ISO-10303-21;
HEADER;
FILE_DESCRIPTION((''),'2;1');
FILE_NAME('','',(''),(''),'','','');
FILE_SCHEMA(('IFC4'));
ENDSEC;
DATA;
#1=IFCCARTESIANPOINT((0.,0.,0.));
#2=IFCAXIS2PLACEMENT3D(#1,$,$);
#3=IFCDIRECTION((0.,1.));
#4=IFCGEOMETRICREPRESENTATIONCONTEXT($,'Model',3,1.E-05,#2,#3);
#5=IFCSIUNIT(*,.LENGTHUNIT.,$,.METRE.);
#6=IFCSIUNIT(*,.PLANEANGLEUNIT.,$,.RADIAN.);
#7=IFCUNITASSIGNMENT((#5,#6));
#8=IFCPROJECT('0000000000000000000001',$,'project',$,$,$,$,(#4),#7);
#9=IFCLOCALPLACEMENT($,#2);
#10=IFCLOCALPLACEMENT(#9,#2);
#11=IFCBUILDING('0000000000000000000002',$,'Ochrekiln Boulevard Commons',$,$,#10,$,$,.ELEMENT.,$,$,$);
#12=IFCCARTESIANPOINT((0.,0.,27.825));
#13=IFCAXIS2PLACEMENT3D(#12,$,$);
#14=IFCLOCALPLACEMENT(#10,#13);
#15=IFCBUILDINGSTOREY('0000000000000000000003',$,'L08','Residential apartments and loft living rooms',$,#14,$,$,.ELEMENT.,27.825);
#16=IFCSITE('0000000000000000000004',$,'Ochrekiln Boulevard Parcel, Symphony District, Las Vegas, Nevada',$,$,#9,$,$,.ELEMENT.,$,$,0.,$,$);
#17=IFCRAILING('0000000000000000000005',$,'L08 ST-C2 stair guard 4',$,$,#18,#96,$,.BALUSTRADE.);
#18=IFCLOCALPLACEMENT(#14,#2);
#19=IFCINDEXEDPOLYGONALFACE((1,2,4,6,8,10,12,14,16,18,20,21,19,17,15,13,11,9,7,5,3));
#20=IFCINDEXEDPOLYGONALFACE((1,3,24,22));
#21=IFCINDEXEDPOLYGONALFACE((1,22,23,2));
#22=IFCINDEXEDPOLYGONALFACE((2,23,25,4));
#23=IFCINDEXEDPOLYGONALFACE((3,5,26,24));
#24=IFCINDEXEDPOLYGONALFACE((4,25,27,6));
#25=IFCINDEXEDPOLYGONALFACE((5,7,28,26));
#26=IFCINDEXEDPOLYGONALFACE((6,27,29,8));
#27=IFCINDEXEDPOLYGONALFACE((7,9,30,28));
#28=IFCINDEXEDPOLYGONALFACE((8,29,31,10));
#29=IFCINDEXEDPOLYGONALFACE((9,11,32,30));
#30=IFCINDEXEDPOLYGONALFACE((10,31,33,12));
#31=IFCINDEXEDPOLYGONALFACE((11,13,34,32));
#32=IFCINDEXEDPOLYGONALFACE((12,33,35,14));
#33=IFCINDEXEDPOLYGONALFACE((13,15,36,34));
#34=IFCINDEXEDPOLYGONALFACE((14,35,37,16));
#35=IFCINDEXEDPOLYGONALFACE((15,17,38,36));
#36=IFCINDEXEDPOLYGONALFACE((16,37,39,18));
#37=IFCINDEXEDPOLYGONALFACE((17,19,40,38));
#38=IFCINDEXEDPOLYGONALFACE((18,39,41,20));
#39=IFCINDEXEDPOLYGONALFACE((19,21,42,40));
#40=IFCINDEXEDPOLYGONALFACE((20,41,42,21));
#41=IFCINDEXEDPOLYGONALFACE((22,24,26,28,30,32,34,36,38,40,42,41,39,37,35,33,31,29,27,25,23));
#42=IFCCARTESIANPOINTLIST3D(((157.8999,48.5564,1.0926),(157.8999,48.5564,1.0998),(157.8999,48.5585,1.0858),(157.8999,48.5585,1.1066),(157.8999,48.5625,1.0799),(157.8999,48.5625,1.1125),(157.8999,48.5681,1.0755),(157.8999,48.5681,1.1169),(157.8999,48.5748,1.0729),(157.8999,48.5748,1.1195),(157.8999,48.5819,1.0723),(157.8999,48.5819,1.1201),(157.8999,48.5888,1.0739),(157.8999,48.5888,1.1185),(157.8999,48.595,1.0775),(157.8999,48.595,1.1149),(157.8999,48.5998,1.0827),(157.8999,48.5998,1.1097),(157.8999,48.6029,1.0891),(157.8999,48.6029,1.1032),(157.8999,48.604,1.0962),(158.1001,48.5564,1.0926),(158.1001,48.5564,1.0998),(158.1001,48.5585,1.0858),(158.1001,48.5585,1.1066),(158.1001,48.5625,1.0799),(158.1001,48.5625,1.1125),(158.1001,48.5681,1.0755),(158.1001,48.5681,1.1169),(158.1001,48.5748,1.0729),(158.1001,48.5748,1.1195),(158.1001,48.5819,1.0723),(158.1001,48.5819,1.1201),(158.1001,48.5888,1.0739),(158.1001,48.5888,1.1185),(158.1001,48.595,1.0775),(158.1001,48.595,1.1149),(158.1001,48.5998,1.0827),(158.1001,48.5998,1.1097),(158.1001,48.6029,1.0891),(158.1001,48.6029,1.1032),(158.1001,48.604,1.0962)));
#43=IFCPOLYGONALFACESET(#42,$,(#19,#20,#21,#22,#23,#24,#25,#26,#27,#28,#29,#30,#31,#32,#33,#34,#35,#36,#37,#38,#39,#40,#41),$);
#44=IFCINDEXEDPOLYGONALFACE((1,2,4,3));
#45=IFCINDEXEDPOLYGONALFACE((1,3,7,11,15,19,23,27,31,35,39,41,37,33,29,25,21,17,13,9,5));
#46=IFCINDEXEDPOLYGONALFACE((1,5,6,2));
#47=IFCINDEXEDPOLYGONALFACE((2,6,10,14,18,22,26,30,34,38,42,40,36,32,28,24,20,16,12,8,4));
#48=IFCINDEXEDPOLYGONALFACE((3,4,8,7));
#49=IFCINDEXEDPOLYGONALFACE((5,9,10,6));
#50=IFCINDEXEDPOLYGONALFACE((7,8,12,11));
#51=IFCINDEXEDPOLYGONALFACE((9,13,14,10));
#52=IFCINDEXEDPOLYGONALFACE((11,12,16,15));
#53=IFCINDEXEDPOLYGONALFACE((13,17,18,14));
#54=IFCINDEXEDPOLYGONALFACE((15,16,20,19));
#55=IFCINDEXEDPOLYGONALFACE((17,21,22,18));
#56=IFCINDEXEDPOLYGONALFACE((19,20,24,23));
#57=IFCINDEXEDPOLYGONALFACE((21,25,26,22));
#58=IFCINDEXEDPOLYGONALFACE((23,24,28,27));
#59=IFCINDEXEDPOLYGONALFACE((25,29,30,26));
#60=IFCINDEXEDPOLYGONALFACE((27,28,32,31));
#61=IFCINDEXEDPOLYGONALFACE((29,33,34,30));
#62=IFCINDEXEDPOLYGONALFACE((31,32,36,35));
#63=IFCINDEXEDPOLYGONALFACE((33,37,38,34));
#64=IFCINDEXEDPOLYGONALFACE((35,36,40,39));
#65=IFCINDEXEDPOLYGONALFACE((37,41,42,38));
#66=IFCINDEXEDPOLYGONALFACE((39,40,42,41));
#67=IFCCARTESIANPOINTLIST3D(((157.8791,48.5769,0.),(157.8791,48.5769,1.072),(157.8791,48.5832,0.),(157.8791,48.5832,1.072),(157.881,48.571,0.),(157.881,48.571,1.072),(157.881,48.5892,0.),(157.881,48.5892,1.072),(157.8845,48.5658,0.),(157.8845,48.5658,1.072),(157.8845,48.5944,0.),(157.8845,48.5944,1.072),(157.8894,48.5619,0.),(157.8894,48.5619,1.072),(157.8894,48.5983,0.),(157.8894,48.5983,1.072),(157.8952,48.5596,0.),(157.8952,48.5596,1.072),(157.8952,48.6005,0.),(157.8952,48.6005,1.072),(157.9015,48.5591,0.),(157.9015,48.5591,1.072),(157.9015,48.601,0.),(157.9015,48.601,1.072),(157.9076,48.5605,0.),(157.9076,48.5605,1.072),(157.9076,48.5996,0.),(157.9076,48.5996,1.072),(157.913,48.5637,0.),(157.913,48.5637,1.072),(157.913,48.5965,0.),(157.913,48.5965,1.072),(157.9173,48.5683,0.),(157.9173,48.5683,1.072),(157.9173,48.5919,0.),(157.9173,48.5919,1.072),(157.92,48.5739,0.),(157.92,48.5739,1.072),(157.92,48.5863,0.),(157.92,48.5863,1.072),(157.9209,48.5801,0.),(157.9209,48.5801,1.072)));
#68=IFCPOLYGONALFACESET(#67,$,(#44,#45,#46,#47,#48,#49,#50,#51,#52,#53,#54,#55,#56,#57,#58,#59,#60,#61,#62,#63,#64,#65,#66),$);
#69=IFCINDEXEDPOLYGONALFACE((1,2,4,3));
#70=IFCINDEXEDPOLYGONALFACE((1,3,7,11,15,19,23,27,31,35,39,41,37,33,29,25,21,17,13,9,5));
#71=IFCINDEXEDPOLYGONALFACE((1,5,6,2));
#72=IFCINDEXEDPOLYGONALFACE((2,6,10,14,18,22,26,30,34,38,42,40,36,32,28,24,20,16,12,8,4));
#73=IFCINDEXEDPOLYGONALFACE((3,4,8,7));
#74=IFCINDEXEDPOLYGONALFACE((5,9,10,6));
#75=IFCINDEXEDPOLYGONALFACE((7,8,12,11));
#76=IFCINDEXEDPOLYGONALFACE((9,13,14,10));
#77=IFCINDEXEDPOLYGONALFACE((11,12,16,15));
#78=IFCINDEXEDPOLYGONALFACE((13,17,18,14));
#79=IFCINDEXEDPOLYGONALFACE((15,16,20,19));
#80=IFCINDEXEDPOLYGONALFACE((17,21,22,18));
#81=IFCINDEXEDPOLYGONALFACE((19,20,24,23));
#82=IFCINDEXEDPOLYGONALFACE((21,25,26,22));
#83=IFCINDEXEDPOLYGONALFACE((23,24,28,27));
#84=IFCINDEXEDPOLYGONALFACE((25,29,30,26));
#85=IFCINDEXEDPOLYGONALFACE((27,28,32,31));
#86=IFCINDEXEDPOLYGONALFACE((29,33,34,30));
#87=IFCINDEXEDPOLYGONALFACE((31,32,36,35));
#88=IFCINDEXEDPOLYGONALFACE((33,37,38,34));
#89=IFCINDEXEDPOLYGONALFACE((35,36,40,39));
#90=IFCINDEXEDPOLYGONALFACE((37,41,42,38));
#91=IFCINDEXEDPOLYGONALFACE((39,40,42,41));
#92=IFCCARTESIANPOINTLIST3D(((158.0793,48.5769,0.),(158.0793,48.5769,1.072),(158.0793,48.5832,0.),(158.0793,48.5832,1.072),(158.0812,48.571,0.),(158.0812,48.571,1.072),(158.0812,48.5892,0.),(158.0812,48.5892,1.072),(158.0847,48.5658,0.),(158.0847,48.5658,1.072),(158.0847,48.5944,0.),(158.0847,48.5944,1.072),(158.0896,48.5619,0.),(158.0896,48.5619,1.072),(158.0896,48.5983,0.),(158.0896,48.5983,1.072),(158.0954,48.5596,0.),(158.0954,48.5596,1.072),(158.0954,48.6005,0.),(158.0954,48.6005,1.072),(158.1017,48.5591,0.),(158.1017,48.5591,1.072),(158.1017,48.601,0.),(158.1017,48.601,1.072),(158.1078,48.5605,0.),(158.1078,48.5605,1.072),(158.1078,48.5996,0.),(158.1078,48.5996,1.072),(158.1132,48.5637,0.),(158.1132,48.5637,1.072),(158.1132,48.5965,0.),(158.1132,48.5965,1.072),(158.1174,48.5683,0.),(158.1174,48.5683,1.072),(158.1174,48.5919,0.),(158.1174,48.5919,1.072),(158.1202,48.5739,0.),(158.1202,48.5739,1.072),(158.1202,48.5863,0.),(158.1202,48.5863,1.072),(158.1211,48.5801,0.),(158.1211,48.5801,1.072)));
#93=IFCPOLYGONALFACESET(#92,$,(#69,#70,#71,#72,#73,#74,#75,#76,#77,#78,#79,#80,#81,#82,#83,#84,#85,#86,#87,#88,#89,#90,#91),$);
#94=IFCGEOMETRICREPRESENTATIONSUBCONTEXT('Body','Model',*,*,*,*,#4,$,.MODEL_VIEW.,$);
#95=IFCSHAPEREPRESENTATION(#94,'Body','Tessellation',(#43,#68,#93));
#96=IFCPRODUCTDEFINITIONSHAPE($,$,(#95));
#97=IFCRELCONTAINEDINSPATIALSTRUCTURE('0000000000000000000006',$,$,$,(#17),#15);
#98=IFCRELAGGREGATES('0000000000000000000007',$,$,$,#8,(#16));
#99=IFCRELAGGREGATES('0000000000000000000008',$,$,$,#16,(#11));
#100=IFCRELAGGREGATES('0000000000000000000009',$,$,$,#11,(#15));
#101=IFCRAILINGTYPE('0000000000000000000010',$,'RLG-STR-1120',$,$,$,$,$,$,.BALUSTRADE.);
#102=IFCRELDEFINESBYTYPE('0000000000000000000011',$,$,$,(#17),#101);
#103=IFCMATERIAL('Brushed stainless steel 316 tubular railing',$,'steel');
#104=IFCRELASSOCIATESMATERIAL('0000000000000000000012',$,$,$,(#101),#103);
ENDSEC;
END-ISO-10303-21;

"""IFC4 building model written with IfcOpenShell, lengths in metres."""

from ifc_helpers import new_model, si_unit, direction, frame, origin, origin_2d, place, context, subcontext, project, spatial, circle, extrude, material, type_object, element, save


model = new_model("IFC4")

# Units and contexts
model_context = context("Model", 3, precision=1e-05, world=origin(), true_north=direction((0.0, 1.0)))
body_context = subcontext(model_context, "Body", "Model", "MODEL_VIEW")
ifc_project = project(units=[si_unit("LENGTHUNIT", "METRE"), si_unit("PLANEANGLEUNIT", "RADIAN")], contexts=[model_context])

# Site, building, storey
site_placement = place(None, origin())
site = spatial("IfcSite", under=ifc_project, at=site_placement, Name="Ochrekiln Boulevard Parcel, Symphony District, Las Vegas, Nevada", CompositionType="ELEMENT", RefElevation=0.0)
building_placement = place(site_placement, origin())
building = spatial("IfcBuilding", under=site, at=building_placement, Name="Ochrekiln Boulevard Commons", CompositionType="ELEMENT")
storey_placement = place(building_placement, frame((0.0, 0.0, 27.825)))
storey = spatial("IfcBuildingStorey", under=building, at=storey_placement, Name="L08", Description="Residential apartments and loft living rooms", CompositionType="ELEMENT", Elevation=27.825)

# Railing
ifc_material_1 = material(Name="Brushed stainless steel 316 tubular railing", Category="steel")
railing_type_1 = type_object("IfcRailingType", Name="RLG-STR-1120", PredefinedType="BALUSTRADE", material=ifc_material_1)
railing_1_placement = place(storey_placement, frame((157.8999, 48.5801, 0.0)))
element("IfcRailing", 1, at=railing_1_placement, inside=storey, type_object=railing_type_1, Name="L08 ST-C2 stair guard 4", PredefinedType="BALUSTRADE", context=body_context, shape_type="SweptSolid", body=[
    extrude(circle(Radius=0.0239, at=origin_2d()), frame((0.0, 0.0, 1.0962), z_axis=(1.0, 0.0, 0.0), x_axis=(0.0, 1.0, 0.0)), (0.0, 0.0, 1.0), 0.2002),
    extrude(circle(Radius=0.021, at=origin_2d()), origin(), (0.0, 0.0, 1.0), 1.072),
    extrude(circle(Radius=0.021, at=origin_2d()), frame((0.2002, 0.0, 0.0)), (0.0, 0.0, 1.0), 1.072),
])

save(model, "model.ifc")
